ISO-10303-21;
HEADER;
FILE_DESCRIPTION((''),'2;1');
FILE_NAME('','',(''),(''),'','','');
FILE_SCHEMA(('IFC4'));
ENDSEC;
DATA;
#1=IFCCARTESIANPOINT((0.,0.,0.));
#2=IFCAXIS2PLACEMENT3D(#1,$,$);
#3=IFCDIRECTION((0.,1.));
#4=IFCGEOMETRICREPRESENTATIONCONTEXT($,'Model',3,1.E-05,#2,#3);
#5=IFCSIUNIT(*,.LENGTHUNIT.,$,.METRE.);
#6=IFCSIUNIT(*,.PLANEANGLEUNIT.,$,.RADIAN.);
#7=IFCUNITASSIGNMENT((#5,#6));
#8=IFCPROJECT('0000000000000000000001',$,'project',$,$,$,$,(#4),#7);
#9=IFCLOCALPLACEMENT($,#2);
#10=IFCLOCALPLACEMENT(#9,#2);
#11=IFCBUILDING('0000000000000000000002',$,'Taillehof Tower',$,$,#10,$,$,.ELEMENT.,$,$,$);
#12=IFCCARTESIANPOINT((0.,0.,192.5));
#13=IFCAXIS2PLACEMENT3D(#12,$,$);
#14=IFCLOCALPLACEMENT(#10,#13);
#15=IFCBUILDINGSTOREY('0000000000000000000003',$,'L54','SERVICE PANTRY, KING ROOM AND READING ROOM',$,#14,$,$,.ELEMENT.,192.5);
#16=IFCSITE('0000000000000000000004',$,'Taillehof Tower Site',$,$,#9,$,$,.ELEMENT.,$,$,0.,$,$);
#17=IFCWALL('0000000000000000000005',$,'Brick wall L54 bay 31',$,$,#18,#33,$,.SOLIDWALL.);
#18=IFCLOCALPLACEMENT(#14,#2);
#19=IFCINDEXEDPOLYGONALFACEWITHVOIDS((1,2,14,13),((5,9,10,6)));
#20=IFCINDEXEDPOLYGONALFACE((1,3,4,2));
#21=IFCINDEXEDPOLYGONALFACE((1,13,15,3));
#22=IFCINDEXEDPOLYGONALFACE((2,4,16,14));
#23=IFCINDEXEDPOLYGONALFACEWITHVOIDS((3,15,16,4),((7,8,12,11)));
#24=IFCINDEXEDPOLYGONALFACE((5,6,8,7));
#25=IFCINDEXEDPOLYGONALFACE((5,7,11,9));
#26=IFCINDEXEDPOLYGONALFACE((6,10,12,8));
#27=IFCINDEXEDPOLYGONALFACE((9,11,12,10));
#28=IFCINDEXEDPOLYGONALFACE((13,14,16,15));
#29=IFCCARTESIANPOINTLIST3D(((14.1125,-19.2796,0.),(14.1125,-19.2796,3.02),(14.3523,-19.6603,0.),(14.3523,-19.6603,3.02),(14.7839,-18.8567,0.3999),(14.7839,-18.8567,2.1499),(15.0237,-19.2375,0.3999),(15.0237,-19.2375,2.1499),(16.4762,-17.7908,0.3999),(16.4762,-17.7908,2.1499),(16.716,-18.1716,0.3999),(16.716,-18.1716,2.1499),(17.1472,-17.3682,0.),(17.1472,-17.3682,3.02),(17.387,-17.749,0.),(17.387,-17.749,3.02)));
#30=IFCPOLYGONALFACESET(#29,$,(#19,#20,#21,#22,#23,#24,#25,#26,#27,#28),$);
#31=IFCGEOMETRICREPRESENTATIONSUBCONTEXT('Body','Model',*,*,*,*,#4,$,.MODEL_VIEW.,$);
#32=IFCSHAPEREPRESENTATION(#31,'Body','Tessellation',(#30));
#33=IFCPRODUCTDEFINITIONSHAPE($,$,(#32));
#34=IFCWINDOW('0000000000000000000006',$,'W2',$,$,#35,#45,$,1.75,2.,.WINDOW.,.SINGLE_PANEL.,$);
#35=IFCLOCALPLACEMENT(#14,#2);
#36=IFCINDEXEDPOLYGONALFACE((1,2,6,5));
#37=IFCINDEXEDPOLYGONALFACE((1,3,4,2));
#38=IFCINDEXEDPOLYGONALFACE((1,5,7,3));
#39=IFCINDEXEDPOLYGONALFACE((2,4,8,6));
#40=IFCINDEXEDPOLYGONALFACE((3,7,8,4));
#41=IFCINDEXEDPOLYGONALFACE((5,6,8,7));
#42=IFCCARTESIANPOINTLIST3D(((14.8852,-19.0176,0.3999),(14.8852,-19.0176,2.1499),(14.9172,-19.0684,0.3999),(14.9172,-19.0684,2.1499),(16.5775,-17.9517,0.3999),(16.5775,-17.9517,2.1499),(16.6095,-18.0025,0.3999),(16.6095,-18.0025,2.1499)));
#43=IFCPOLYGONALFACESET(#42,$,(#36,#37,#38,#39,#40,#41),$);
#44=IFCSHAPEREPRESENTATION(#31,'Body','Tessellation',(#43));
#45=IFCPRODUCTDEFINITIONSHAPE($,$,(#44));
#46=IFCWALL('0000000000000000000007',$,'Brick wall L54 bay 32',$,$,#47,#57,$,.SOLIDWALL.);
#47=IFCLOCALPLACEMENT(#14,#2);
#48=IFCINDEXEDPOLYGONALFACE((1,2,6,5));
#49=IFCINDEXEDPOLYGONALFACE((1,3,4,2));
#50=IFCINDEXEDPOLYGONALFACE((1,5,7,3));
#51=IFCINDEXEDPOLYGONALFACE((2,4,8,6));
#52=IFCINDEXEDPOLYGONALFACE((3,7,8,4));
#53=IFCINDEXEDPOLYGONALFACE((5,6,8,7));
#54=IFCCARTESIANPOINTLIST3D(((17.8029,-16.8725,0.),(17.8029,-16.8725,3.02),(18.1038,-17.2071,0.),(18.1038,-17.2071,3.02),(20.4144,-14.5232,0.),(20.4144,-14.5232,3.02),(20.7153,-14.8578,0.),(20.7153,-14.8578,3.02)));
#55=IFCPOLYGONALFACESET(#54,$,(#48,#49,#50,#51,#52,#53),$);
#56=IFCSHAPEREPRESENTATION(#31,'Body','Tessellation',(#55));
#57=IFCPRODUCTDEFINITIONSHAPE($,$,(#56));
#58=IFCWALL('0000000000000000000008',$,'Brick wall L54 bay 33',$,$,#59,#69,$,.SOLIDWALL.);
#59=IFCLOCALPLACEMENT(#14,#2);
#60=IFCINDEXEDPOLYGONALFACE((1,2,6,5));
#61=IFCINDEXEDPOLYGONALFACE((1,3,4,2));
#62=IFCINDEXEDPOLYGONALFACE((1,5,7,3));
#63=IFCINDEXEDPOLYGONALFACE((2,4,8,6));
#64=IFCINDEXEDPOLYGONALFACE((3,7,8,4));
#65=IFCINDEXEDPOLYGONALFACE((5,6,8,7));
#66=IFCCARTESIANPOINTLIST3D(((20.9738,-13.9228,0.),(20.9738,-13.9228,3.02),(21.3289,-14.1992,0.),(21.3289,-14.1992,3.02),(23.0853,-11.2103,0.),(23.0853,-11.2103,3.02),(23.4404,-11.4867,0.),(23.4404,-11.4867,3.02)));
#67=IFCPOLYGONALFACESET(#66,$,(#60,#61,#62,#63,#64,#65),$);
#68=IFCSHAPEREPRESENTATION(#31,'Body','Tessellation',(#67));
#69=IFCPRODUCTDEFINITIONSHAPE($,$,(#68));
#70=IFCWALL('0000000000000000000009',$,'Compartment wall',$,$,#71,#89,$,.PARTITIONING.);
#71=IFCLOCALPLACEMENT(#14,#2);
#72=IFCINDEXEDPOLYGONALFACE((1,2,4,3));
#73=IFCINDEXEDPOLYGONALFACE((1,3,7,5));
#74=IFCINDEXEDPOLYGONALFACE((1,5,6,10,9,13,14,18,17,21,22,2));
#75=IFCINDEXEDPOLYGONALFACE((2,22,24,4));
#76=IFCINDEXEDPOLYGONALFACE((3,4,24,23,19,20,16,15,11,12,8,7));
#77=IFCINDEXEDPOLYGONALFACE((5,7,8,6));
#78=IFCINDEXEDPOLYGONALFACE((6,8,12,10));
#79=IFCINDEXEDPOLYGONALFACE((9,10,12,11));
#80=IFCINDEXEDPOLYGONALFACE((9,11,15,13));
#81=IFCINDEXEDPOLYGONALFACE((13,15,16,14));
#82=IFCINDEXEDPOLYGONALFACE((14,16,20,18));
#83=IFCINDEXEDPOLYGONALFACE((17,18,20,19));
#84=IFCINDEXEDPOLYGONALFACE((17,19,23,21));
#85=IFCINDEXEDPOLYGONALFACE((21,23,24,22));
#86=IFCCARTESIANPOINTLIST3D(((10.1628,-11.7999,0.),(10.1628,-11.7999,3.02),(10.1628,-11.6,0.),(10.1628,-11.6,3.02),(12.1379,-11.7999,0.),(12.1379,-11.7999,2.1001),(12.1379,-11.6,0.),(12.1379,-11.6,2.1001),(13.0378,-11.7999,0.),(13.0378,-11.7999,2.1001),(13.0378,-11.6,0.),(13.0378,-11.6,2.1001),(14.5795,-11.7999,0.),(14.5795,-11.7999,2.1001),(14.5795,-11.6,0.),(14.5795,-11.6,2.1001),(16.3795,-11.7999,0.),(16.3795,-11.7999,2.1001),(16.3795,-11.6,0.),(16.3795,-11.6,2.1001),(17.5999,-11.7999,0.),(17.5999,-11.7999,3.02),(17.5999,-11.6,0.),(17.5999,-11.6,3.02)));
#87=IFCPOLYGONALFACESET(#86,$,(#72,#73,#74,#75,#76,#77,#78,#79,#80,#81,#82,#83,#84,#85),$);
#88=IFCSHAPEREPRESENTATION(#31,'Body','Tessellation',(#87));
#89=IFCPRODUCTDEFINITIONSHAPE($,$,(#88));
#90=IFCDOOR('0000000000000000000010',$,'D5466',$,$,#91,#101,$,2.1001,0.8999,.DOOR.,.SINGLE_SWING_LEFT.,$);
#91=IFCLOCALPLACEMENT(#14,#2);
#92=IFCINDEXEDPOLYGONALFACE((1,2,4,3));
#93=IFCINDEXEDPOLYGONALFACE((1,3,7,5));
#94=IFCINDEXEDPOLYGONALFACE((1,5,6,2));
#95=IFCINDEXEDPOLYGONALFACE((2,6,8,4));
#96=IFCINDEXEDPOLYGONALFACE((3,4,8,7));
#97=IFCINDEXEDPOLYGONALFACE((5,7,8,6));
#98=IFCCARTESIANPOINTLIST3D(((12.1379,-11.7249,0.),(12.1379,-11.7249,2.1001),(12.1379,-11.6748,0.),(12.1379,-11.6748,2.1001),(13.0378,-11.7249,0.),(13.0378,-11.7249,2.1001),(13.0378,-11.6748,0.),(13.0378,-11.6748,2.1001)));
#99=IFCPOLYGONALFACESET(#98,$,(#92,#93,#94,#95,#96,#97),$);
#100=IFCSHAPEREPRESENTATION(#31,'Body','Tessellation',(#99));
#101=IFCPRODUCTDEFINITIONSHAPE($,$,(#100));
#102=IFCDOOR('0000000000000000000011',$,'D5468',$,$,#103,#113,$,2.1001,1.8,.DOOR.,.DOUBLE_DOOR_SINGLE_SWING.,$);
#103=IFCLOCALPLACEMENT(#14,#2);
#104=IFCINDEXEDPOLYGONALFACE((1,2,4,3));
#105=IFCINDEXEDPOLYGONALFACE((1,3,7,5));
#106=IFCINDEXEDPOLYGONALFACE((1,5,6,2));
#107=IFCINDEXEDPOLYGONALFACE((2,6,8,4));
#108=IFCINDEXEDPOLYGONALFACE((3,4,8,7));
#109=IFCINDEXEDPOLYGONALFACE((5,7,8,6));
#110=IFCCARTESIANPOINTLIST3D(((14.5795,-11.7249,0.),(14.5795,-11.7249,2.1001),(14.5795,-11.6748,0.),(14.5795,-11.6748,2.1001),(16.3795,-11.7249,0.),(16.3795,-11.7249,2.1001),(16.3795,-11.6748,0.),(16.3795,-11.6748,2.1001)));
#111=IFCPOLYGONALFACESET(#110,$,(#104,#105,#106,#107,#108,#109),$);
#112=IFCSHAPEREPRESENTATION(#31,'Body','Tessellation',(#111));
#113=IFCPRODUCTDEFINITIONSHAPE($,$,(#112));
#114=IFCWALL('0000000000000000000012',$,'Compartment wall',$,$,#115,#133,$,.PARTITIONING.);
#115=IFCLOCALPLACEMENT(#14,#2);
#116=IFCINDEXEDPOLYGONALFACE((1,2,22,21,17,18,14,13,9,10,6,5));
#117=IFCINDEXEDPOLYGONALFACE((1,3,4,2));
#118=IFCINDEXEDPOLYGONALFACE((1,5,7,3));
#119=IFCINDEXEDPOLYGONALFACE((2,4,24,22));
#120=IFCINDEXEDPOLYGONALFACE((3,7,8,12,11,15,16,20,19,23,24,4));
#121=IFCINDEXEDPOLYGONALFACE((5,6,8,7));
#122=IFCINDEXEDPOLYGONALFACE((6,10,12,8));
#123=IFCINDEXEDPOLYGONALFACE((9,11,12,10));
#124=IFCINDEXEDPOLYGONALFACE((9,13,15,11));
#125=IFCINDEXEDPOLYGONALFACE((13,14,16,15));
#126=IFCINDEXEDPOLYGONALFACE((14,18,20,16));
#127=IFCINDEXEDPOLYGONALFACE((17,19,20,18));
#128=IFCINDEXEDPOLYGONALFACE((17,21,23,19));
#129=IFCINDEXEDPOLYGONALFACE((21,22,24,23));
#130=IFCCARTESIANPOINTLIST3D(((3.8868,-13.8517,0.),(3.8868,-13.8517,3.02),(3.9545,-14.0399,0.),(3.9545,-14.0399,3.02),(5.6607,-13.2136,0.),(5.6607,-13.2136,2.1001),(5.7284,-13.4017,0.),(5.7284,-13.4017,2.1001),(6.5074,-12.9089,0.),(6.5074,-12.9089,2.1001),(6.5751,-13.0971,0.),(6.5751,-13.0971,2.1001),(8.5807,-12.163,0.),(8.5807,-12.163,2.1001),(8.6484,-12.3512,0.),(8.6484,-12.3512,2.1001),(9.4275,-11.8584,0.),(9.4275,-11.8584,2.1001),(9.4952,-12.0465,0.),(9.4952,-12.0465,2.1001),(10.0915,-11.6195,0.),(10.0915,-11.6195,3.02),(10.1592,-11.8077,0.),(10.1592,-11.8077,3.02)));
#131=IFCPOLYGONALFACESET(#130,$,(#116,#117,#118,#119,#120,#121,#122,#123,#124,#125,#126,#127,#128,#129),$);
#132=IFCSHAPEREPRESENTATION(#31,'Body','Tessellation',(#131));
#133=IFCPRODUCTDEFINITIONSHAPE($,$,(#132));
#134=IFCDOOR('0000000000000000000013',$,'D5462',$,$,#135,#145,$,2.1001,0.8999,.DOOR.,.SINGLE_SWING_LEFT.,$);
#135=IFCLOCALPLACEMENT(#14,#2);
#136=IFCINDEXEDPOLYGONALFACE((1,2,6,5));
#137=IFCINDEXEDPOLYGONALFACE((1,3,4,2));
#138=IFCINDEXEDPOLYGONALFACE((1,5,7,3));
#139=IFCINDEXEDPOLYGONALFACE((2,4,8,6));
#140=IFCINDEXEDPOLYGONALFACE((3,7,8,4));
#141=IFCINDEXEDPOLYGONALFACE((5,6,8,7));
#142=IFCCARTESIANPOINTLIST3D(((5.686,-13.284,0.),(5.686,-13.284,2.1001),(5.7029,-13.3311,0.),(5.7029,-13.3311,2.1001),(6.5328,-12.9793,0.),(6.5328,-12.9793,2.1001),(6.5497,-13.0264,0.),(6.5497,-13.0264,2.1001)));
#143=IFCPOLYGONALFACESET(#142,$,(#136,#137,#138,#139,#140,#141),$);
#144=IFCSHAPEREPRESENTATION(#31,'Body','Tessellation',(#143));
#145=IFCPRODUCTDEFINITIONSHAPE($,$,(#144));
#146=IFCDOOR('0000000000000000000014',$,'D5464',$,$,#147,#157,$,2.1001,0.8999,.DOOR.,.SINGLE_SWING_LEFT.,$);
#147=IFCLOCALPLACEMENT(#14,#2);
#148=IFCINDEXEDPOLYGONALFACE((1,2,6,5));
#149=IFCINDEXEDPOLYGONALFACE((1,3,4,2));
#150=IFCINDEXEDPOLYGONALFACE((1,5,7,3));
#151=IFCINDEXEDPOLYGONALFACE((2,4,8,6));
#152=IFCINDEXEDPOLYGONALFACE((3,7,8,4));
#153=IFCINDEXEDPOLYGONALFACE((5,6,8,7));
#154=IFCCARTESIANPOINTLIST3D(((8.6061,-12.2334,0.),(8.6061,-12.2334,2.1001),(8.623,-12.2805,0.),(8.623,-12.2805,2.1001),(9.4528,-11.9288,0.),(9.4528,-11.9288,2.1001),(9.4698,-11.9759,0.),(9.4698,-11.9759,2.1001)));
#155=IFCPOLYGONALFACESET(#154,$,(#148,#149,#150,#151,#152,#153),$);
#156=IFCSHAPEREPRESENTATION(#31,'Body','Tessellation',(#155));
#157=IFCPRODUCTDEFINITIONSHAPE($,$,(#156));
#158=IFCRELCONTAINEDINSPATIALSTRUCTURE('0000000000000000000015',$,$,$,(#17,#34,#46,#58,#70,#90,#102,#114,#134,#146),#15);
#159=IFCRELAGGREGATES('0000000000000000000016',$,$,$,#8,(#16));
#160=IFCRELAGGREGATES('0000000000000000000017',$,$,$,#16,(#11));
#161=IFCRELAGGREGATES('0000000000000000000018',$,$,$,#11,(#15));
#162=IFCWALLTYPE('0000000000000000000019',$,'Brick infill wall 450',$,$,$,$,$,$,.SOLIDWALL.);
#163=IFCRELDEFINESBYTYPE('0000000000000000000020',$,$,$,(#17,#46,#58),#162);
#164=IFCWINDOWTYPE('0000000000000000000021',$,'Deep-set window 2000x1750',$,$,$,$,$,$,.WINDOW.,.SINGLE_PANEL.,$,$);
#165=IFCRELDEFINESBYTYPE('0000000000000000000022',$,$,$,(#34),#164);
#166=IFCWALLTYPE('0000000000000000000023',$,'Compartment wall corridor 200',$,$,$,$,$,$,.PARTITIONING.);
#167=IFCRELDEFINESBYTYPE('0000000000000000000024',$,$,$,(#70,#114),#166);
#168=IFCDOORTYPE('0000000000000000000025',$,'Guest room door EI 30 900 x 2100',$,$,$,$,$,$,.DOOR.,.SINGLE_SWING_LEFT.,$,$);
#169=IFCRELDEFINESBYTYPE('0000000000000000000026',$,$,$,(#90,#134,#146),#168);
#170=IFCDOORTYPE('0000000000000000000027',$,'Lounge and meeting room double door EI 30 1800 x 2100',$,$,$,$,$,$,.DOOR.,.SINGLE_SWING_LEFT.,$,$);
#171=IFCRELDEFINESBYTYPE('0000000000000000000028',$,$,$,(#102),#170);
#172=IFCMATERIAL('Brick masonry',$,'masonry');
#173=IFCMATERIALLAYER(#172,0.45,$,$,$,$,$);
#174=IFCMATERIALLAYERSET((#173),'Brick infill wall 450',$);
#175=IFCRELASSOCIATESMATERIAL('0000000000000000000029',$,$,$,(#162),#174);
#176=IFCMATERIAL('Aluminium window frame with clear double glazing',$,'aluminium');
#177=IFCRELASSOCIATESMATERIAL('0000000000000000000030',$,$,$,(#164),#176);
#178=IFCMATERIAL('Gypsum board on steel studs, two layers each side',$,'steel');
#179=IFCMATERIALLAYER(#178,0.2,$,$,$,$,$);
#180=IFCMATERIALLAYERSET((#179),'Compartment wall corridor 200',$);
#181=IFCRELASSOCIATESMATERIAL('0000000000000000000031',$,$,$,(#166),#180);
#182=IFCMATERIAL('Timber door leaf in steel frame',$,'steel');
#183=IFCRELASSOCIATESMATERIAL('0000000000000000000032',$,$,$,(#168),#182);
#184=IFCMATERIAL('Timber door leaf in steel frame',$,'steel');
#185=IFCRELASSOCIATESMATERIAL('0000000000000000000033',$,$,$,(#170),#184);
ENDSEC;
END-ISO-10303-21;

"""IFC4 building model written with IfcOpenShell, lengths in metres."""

from ifc_helpers import new_model, si_unit, direction, frame, frame_2d, origin, place, context, subcontext, project, spatial, rectangle, extrude, material, layer, layer_set, type_object, element, fill, save


model = new_model("IFC4")

# Units and contexts
model_context = context("Model", 3, precision=1e-05, world=origin(), true_north=direction((0.0, 1.0)))
body_context = subcontext(model_context, "Body", "Model", "MODEL_VIEW")
ifc_project = project(units=[si_unit("LENGTHUNIT", "METRE"), si_unit("PLANEANGLEUNIT", "RADIAN")], contexts=[model_context])

# Site, building, storey
site_placement = place(None, origin())
site = spatial("IfcSite", under=ifc_project, at=site_placement, Name="Taillehof Tower Site", CompositionType="ELEMENT", RefElevation=0.0)
building_placement = place(site_placement, origin())
building = spatial("IfcBuilding", under=site, at=building_placement, Name="Taillehof Tower", CompositionType="ELEMENT")
storey_placement = place(building_placement, frame((0.0, 0.0, 192.5)))
storey = spatial("IfcBuildingStorey", under=building, at=storey_placement, Name="L54", Description="SERVICE PANTRY, KING ROOM AND READING ROOM", CompositionType="ELEMENT", Elevation=192.5)

# Wall, opening, window
ifc_material_1 = material(Name="Brick masonry", Category="masonry")
ifc_layer_1 = layer(ifc_material_1, 0.45)
ifc_layer_set_1 = layer_set([ifc_layer_1], Name="Brick infill wall 450")
wall_type_1 = type_object("IfcWallType", Name="Brick infill wall 450", PredefinedType="SOLIDWALL", material=ifc_layer_set_1)
ifc_material_2 = material(Name="Aluminium window frame with clear double glazing", Category="aluminium")
window_type = type_object("IfcWindowType", Name="Deep-set window 2000x1750", PartitioningType="SINGLE_PANEL", PredefinedType="WINDOW", material=ifc_material_2)
wall_1_placement = place(storey_placement, frame((14.2324, -19.47, 0.0), z_axis=(0.0, 0.0, 1.0), x_axis=(0.84615, 0.532945, 0.0)))
wall_1 = element("IfcWall", 1, at=wall_1_placement, inside=storey, type_object=wall_type_1, Name="Brick wall L54 bay 31", PredefinedType="SOLIDWALL", context=body_context, shape_type="SweptSolid", body=[
    extrude(rectangle(XDim=3.5864, YDim=0.45, at=frame_2d((1.7932, 0.0))), origin(), (0.0, 0.0, 1.0), 3.02),
])
opening_1_placement = place(wall_1_placement, frame((0.7935, 0.0, 0.3999)))
opening_1 = element("IfcOpeningElement", 2, at=opening_1_placement, cuts=wall_1, PredefinedType="OPENING", context=body_context, shape_type="SweptSolid", body=[
    extrude(rectangle(XDim=2.0, YDim=1.75, at=frame_2d((1.0, 0.875))), frame((0.0, 0.2349, 0.0), z_axis=(0.0, -1.0, 0.0), x_axis=(1.0, 0.0, 0.0)), (0.0, 0.0, 1.0), 0.47),
])
window_1_placement = place(opening_1_placement, origin())
window_1 = element("IfcWindow", 3, at=window_1_placement, inside=storey, type_object=window_type, Name="W2", OverallHeight=1.75, OverallWidth=2.0, PartitioningType="SINGLE_PANEL", PredefinedType="WINDOW", context=body_context, shape_type="SweptSolid", body=[
    extrude(rectangle(XDim=2.0, YDim=1.75, at=frame_2d((1.0, 0.875))), frame((0.0, 0.0349, 0.0), z_axis=(0.0, -1.0, 0.0), x_axis=(1.0, 0.0, 0.0)), (0.0, 0.0, 1.0), 0.0601),
])
fill(opening_1, window_1)

# Walls
wall_2_placement = place(storey_placement, frame((17.9534, -17.0398, 0.0), z_axis=(0.0, 0.0, 1.0), x_axis=(0.743443, 0.6688, 0.0)))
element("IfcWall", 4, at=wall_2_placement, inside=storey, type_object=wall_type_1, Name="Brick wall L54 bay 32", PredefinedType="SOLIDWALL", context=body_context, shape_type="SweptSolid", body=[
    extrude(rectangle(XDim=3.5127, YDim=0.45, at=frame_2d((1.7563, 0.0))), origin(), (0.0, 0.0, 1.0), 3.02),
])
wall_3_placement = place(storey_placement, frame((21.1514, -14.061, 0.0), z_axis=(0.0, 0.0, 1.0), x_axis=(0.614255, 0.789107, 0.0)))
element("IfcWall", 5, at=wall_3_placement, inside=storey, type_object=wall_type_1, Name="Brick wall L54 bay 33", PredefinedType="SOLIDWALL", context=body_context, shape_type="SweptSolid", body=[
    extrude(rectangle(XDim=3.4375, YDim=0.45, at=frame_2d((1.7188, 0.0))), origin(), (0.0, 0.0, 1.0), 3.02),
])

# Walls, openings, doors
ifc_material_3 = material(Name="Gypsum board on steel studs, two layers each side", Category="steel")
ifc_layer_2 = layer(ifc_material_3, 0.2)
ifc_layer_set_2 = layer_set([ifc_layer_2], Name="Compartment wall corridor 200")
wall_type_2 = type_object("IfcWallType", Name="Compartment wall corridor 200", PredefinedType="PARTITIONING", material=ifc_layer_set_2)
wall_4_placement = place(storey_placement, frame((17.5999, -11.7, 0.0), z_axis=(0.0, 0.0, 1.0), x_axis=(-1.0, 0.0, 0.0)))
wall_4 = element("IfcWall", 6, at=wall_4_placement, inside=storey, type_object=wall_type_2, Name="Compartment wall", PredefinedType="PARTITIONING", context=body_context, shape_type="SweptSolid", body=[
    extrude(rectangle(XDim=7.437, YDim=0.2, at=frame_2d((3.7185, 0.0))), origin(), (0.0, 0.0, 1.0), 3.02),
])
opening_2_placement = place(wall_4_placement, frame((4.562, 0.0, 0.0)))
opening_2 = element("IfcOpeningElement", 7, at=opening_2_placement, cuts=wall_4, PredefinedType="OPENING", context=body_context, shape_type="SweptSolid", body=[
    extrude(rectangle(XDim=0.8999, YDim=2.1001, at=frame_2d((0.45, 1.05))), frame((0.0, 0.1099, 0.0), z_axis=(0.0, -1.0, 0.0), x_axis=(1.0, 0.0, 0.0)), (0.0, 0.0, 1.0), 0.22),
])
opening_3_placement = place(wall_4_placement, frame((1.2205, 0.0, 0.0)))
opening_3 = element("IfcOpeningElement", 8, at=opening_3_placement, cuts=wall_4, PredefinedType="OPENING", context=body_context, shape_type="SweptSolid", body=[
    extrude(rectangle(XDim=1.8, YDim=2.1001, at=frame_2d((0.8999, 1.05))), frame((0.0, 0.1099, 0.0), z_axis=(0.0, -1.0, 0.0), x_axis=(1.0, 0.0, 0.0)), (0.0, 0.0, 1.0), 0.22),
])
ifc_material_4 = material(Name="Timber door leaf in steel frame", Category="steel")
door_type_1 = type_object("IfcDoorType", Name="Guest room door EI 30 900 x 2100", OperationType="SINGLE_SWING_LEFT", PredefinedType="DOOR", material=ifc_material_4)
door_1_placement = place(opening_2_placement, origin())
door_1 = element("IfcDoor", 9, at=door_1_placement, inside=storey, type_object=door_type_1, Name="D5466", OperationType="SINGLE_SWING_LEFT", OverallHeight=2.1001, OverallWidth=0.8999, PredefinedType="DOOR", context=body_context, shape_type="SweptSolid", body=[
    extrude(rectangle(XDim=0.8999, YDim=2.1001, at=frame_2d((0.45, 1.05))), frame((0.0, 0.0249, 0.0), z_axis=(0.0, -1.0, 0.0), x_axis=(1.0, 0.0, 0.0)), (0.0, 0.0, 1.0), 0.05),
])
fill(opening_2, door_1)
ifc_material_5 = material(Name="Timber door leaf in steel frame", Category="steel")
door_type_2 = type_object("IfcDoorType", Name="Lounge and meeting room double door EI 30 1800 x 2100", OperationType="SINGLE_SWING_LEFT", PredefinedType="DOOR", material=ifc_material_5)
door_2_placement = place(opening_3_placement, origin())
door_2 = element("IfcDoor", 10, at=door_2_placement, inside=storey, type_object=door_type_2, Name="D5468", OperationType="DOUBLE_DOOR_SINGLE_SWING", OverallHeight=2.1001, OverallWidth=1.8, PredefinedType="DOOR", context=body_context, shape_type="SweptSolid", body=[
    extrude(rectangle(XDim=1.8, YDim=2.1001, at=frame_2d((0.8999, 1.05))), frame((0.0, 0.0249, 0.0), z_axis=(0.0, -1.0, 0.0), x_axis=(1.0, 0.0, 0.0)), (0.0, 0.0, 1.0), 0.05),
])
fill(opening_3, door_2)
wall_5_placement = place(storey_placement, frame((10.1252, -11.7136, 0.0), z_axis=(0.0, 0.0, 1.0), x_axis=(-0.940959, -0.338521, 0.0)))
wall_5 = element("IfcWall", 11, at=wall_5_placement, inside=storey, type_object=wall_type_2, Name="Compartment wall", PredefinedType="PARTITIONING", context=body_context, shape_type="SweptSolid", body=[
    extrude(rectangle(XDim=6.594, YDim=0.2, at=frame_2d((3.2969, 0.0))), origin(), (0.0, 0.0, 1.0), 3.02),
])
opening_4_placement = place(wall_5_placement, frame((3.8088, 0.0, 0.0)))
opening_4 = element("IfcOpeningElement", 12, at=opening_4_placement, cuts=wall_5, PredefinedType="OPENING", context=body_context, shape_type="SweptSolid", body=[
    extrude(rectangle(XDim=0.8999, YDim=2.1001, at=frame_2d((0.45, 1.05))), frame((0.0, 0.1099, 0.0), z_axis=(0.0, -1.0, 0.0), x_axis=(1.0, 0.0, 0.0)), (0.0, 0.0, 1.0), 0.22),
])
opening_5_placement = place(wall_5_placement, frame((0.7056, 0.0, 0.0)))
opening_5 = element("IfcOpeningElement", 13, at=opening_5_placement, cuts=wall_5, PredefinedType="OPENING", context=body_context, shape_type="SweptSolid", body=[
    extrude(rectangle(XDim=0.8999, YDim=2.1001, at=frame_2d((0.45, 1.05))), frame((0.0, 0.1099, 0.0), z_axis=(0.0, -1.0, 0.0), x_axis=(1.0, 0.0, 0.0)), (0.0, 0.0, 1.0), 0.22),
])
door_3_placement = place(opening_4_placement, origin())
door_3 = element("IfcDoor", 14, at=door_3_placement, inside=storey, type_object=door_type_1, Name="D5462", OperationType="SINGLE_SWING_LEFT", OverallHeight=2.1001, OverallWidth=0.8999, PredefinedType="DOOR", context=body_context, shape_type="SweptSolid", body=[
    extrude(rectangle(XDim=0.8999, YDim=2.1001, at=frame_2d((0.45, 1.05))), frame((0.0, 0.0249, 0.0), z_axis=(0.0, -1.0, 0.0), x_axis=(1.0, 0.0, 0.0)), (0.0, 0.0, 1.0), 0.05),
])
fill(opening_4, door_3)
door_4_placement = place(opening_5_placement, origin())
door_4 = element("IfcDoor", 15, at=door_4_placement, inside=storey, type_object=door_type_1, Name="D5464", OperationType="SINGLE_SWING_LEFT", OverallHeight=2.1001, OverallWidth=0.8999, PredefinedType="DOOR", context=body_context, shape_type="SweptSolid", body=[
    extrude(rectangle(XDim=0.8999, YDim=2.1001, at=frame_2d((0.45, 1.05))), frame((0.0, 0.0249, 0.0), z_axis=(0.0, -1.0, 0.0), x_axis=(1.0, 0.0, 0.0)), (0.0, 0.0, 1.0), 0.05),
])
fill(opening_5, door_4)

save(model, "model.ifc")
